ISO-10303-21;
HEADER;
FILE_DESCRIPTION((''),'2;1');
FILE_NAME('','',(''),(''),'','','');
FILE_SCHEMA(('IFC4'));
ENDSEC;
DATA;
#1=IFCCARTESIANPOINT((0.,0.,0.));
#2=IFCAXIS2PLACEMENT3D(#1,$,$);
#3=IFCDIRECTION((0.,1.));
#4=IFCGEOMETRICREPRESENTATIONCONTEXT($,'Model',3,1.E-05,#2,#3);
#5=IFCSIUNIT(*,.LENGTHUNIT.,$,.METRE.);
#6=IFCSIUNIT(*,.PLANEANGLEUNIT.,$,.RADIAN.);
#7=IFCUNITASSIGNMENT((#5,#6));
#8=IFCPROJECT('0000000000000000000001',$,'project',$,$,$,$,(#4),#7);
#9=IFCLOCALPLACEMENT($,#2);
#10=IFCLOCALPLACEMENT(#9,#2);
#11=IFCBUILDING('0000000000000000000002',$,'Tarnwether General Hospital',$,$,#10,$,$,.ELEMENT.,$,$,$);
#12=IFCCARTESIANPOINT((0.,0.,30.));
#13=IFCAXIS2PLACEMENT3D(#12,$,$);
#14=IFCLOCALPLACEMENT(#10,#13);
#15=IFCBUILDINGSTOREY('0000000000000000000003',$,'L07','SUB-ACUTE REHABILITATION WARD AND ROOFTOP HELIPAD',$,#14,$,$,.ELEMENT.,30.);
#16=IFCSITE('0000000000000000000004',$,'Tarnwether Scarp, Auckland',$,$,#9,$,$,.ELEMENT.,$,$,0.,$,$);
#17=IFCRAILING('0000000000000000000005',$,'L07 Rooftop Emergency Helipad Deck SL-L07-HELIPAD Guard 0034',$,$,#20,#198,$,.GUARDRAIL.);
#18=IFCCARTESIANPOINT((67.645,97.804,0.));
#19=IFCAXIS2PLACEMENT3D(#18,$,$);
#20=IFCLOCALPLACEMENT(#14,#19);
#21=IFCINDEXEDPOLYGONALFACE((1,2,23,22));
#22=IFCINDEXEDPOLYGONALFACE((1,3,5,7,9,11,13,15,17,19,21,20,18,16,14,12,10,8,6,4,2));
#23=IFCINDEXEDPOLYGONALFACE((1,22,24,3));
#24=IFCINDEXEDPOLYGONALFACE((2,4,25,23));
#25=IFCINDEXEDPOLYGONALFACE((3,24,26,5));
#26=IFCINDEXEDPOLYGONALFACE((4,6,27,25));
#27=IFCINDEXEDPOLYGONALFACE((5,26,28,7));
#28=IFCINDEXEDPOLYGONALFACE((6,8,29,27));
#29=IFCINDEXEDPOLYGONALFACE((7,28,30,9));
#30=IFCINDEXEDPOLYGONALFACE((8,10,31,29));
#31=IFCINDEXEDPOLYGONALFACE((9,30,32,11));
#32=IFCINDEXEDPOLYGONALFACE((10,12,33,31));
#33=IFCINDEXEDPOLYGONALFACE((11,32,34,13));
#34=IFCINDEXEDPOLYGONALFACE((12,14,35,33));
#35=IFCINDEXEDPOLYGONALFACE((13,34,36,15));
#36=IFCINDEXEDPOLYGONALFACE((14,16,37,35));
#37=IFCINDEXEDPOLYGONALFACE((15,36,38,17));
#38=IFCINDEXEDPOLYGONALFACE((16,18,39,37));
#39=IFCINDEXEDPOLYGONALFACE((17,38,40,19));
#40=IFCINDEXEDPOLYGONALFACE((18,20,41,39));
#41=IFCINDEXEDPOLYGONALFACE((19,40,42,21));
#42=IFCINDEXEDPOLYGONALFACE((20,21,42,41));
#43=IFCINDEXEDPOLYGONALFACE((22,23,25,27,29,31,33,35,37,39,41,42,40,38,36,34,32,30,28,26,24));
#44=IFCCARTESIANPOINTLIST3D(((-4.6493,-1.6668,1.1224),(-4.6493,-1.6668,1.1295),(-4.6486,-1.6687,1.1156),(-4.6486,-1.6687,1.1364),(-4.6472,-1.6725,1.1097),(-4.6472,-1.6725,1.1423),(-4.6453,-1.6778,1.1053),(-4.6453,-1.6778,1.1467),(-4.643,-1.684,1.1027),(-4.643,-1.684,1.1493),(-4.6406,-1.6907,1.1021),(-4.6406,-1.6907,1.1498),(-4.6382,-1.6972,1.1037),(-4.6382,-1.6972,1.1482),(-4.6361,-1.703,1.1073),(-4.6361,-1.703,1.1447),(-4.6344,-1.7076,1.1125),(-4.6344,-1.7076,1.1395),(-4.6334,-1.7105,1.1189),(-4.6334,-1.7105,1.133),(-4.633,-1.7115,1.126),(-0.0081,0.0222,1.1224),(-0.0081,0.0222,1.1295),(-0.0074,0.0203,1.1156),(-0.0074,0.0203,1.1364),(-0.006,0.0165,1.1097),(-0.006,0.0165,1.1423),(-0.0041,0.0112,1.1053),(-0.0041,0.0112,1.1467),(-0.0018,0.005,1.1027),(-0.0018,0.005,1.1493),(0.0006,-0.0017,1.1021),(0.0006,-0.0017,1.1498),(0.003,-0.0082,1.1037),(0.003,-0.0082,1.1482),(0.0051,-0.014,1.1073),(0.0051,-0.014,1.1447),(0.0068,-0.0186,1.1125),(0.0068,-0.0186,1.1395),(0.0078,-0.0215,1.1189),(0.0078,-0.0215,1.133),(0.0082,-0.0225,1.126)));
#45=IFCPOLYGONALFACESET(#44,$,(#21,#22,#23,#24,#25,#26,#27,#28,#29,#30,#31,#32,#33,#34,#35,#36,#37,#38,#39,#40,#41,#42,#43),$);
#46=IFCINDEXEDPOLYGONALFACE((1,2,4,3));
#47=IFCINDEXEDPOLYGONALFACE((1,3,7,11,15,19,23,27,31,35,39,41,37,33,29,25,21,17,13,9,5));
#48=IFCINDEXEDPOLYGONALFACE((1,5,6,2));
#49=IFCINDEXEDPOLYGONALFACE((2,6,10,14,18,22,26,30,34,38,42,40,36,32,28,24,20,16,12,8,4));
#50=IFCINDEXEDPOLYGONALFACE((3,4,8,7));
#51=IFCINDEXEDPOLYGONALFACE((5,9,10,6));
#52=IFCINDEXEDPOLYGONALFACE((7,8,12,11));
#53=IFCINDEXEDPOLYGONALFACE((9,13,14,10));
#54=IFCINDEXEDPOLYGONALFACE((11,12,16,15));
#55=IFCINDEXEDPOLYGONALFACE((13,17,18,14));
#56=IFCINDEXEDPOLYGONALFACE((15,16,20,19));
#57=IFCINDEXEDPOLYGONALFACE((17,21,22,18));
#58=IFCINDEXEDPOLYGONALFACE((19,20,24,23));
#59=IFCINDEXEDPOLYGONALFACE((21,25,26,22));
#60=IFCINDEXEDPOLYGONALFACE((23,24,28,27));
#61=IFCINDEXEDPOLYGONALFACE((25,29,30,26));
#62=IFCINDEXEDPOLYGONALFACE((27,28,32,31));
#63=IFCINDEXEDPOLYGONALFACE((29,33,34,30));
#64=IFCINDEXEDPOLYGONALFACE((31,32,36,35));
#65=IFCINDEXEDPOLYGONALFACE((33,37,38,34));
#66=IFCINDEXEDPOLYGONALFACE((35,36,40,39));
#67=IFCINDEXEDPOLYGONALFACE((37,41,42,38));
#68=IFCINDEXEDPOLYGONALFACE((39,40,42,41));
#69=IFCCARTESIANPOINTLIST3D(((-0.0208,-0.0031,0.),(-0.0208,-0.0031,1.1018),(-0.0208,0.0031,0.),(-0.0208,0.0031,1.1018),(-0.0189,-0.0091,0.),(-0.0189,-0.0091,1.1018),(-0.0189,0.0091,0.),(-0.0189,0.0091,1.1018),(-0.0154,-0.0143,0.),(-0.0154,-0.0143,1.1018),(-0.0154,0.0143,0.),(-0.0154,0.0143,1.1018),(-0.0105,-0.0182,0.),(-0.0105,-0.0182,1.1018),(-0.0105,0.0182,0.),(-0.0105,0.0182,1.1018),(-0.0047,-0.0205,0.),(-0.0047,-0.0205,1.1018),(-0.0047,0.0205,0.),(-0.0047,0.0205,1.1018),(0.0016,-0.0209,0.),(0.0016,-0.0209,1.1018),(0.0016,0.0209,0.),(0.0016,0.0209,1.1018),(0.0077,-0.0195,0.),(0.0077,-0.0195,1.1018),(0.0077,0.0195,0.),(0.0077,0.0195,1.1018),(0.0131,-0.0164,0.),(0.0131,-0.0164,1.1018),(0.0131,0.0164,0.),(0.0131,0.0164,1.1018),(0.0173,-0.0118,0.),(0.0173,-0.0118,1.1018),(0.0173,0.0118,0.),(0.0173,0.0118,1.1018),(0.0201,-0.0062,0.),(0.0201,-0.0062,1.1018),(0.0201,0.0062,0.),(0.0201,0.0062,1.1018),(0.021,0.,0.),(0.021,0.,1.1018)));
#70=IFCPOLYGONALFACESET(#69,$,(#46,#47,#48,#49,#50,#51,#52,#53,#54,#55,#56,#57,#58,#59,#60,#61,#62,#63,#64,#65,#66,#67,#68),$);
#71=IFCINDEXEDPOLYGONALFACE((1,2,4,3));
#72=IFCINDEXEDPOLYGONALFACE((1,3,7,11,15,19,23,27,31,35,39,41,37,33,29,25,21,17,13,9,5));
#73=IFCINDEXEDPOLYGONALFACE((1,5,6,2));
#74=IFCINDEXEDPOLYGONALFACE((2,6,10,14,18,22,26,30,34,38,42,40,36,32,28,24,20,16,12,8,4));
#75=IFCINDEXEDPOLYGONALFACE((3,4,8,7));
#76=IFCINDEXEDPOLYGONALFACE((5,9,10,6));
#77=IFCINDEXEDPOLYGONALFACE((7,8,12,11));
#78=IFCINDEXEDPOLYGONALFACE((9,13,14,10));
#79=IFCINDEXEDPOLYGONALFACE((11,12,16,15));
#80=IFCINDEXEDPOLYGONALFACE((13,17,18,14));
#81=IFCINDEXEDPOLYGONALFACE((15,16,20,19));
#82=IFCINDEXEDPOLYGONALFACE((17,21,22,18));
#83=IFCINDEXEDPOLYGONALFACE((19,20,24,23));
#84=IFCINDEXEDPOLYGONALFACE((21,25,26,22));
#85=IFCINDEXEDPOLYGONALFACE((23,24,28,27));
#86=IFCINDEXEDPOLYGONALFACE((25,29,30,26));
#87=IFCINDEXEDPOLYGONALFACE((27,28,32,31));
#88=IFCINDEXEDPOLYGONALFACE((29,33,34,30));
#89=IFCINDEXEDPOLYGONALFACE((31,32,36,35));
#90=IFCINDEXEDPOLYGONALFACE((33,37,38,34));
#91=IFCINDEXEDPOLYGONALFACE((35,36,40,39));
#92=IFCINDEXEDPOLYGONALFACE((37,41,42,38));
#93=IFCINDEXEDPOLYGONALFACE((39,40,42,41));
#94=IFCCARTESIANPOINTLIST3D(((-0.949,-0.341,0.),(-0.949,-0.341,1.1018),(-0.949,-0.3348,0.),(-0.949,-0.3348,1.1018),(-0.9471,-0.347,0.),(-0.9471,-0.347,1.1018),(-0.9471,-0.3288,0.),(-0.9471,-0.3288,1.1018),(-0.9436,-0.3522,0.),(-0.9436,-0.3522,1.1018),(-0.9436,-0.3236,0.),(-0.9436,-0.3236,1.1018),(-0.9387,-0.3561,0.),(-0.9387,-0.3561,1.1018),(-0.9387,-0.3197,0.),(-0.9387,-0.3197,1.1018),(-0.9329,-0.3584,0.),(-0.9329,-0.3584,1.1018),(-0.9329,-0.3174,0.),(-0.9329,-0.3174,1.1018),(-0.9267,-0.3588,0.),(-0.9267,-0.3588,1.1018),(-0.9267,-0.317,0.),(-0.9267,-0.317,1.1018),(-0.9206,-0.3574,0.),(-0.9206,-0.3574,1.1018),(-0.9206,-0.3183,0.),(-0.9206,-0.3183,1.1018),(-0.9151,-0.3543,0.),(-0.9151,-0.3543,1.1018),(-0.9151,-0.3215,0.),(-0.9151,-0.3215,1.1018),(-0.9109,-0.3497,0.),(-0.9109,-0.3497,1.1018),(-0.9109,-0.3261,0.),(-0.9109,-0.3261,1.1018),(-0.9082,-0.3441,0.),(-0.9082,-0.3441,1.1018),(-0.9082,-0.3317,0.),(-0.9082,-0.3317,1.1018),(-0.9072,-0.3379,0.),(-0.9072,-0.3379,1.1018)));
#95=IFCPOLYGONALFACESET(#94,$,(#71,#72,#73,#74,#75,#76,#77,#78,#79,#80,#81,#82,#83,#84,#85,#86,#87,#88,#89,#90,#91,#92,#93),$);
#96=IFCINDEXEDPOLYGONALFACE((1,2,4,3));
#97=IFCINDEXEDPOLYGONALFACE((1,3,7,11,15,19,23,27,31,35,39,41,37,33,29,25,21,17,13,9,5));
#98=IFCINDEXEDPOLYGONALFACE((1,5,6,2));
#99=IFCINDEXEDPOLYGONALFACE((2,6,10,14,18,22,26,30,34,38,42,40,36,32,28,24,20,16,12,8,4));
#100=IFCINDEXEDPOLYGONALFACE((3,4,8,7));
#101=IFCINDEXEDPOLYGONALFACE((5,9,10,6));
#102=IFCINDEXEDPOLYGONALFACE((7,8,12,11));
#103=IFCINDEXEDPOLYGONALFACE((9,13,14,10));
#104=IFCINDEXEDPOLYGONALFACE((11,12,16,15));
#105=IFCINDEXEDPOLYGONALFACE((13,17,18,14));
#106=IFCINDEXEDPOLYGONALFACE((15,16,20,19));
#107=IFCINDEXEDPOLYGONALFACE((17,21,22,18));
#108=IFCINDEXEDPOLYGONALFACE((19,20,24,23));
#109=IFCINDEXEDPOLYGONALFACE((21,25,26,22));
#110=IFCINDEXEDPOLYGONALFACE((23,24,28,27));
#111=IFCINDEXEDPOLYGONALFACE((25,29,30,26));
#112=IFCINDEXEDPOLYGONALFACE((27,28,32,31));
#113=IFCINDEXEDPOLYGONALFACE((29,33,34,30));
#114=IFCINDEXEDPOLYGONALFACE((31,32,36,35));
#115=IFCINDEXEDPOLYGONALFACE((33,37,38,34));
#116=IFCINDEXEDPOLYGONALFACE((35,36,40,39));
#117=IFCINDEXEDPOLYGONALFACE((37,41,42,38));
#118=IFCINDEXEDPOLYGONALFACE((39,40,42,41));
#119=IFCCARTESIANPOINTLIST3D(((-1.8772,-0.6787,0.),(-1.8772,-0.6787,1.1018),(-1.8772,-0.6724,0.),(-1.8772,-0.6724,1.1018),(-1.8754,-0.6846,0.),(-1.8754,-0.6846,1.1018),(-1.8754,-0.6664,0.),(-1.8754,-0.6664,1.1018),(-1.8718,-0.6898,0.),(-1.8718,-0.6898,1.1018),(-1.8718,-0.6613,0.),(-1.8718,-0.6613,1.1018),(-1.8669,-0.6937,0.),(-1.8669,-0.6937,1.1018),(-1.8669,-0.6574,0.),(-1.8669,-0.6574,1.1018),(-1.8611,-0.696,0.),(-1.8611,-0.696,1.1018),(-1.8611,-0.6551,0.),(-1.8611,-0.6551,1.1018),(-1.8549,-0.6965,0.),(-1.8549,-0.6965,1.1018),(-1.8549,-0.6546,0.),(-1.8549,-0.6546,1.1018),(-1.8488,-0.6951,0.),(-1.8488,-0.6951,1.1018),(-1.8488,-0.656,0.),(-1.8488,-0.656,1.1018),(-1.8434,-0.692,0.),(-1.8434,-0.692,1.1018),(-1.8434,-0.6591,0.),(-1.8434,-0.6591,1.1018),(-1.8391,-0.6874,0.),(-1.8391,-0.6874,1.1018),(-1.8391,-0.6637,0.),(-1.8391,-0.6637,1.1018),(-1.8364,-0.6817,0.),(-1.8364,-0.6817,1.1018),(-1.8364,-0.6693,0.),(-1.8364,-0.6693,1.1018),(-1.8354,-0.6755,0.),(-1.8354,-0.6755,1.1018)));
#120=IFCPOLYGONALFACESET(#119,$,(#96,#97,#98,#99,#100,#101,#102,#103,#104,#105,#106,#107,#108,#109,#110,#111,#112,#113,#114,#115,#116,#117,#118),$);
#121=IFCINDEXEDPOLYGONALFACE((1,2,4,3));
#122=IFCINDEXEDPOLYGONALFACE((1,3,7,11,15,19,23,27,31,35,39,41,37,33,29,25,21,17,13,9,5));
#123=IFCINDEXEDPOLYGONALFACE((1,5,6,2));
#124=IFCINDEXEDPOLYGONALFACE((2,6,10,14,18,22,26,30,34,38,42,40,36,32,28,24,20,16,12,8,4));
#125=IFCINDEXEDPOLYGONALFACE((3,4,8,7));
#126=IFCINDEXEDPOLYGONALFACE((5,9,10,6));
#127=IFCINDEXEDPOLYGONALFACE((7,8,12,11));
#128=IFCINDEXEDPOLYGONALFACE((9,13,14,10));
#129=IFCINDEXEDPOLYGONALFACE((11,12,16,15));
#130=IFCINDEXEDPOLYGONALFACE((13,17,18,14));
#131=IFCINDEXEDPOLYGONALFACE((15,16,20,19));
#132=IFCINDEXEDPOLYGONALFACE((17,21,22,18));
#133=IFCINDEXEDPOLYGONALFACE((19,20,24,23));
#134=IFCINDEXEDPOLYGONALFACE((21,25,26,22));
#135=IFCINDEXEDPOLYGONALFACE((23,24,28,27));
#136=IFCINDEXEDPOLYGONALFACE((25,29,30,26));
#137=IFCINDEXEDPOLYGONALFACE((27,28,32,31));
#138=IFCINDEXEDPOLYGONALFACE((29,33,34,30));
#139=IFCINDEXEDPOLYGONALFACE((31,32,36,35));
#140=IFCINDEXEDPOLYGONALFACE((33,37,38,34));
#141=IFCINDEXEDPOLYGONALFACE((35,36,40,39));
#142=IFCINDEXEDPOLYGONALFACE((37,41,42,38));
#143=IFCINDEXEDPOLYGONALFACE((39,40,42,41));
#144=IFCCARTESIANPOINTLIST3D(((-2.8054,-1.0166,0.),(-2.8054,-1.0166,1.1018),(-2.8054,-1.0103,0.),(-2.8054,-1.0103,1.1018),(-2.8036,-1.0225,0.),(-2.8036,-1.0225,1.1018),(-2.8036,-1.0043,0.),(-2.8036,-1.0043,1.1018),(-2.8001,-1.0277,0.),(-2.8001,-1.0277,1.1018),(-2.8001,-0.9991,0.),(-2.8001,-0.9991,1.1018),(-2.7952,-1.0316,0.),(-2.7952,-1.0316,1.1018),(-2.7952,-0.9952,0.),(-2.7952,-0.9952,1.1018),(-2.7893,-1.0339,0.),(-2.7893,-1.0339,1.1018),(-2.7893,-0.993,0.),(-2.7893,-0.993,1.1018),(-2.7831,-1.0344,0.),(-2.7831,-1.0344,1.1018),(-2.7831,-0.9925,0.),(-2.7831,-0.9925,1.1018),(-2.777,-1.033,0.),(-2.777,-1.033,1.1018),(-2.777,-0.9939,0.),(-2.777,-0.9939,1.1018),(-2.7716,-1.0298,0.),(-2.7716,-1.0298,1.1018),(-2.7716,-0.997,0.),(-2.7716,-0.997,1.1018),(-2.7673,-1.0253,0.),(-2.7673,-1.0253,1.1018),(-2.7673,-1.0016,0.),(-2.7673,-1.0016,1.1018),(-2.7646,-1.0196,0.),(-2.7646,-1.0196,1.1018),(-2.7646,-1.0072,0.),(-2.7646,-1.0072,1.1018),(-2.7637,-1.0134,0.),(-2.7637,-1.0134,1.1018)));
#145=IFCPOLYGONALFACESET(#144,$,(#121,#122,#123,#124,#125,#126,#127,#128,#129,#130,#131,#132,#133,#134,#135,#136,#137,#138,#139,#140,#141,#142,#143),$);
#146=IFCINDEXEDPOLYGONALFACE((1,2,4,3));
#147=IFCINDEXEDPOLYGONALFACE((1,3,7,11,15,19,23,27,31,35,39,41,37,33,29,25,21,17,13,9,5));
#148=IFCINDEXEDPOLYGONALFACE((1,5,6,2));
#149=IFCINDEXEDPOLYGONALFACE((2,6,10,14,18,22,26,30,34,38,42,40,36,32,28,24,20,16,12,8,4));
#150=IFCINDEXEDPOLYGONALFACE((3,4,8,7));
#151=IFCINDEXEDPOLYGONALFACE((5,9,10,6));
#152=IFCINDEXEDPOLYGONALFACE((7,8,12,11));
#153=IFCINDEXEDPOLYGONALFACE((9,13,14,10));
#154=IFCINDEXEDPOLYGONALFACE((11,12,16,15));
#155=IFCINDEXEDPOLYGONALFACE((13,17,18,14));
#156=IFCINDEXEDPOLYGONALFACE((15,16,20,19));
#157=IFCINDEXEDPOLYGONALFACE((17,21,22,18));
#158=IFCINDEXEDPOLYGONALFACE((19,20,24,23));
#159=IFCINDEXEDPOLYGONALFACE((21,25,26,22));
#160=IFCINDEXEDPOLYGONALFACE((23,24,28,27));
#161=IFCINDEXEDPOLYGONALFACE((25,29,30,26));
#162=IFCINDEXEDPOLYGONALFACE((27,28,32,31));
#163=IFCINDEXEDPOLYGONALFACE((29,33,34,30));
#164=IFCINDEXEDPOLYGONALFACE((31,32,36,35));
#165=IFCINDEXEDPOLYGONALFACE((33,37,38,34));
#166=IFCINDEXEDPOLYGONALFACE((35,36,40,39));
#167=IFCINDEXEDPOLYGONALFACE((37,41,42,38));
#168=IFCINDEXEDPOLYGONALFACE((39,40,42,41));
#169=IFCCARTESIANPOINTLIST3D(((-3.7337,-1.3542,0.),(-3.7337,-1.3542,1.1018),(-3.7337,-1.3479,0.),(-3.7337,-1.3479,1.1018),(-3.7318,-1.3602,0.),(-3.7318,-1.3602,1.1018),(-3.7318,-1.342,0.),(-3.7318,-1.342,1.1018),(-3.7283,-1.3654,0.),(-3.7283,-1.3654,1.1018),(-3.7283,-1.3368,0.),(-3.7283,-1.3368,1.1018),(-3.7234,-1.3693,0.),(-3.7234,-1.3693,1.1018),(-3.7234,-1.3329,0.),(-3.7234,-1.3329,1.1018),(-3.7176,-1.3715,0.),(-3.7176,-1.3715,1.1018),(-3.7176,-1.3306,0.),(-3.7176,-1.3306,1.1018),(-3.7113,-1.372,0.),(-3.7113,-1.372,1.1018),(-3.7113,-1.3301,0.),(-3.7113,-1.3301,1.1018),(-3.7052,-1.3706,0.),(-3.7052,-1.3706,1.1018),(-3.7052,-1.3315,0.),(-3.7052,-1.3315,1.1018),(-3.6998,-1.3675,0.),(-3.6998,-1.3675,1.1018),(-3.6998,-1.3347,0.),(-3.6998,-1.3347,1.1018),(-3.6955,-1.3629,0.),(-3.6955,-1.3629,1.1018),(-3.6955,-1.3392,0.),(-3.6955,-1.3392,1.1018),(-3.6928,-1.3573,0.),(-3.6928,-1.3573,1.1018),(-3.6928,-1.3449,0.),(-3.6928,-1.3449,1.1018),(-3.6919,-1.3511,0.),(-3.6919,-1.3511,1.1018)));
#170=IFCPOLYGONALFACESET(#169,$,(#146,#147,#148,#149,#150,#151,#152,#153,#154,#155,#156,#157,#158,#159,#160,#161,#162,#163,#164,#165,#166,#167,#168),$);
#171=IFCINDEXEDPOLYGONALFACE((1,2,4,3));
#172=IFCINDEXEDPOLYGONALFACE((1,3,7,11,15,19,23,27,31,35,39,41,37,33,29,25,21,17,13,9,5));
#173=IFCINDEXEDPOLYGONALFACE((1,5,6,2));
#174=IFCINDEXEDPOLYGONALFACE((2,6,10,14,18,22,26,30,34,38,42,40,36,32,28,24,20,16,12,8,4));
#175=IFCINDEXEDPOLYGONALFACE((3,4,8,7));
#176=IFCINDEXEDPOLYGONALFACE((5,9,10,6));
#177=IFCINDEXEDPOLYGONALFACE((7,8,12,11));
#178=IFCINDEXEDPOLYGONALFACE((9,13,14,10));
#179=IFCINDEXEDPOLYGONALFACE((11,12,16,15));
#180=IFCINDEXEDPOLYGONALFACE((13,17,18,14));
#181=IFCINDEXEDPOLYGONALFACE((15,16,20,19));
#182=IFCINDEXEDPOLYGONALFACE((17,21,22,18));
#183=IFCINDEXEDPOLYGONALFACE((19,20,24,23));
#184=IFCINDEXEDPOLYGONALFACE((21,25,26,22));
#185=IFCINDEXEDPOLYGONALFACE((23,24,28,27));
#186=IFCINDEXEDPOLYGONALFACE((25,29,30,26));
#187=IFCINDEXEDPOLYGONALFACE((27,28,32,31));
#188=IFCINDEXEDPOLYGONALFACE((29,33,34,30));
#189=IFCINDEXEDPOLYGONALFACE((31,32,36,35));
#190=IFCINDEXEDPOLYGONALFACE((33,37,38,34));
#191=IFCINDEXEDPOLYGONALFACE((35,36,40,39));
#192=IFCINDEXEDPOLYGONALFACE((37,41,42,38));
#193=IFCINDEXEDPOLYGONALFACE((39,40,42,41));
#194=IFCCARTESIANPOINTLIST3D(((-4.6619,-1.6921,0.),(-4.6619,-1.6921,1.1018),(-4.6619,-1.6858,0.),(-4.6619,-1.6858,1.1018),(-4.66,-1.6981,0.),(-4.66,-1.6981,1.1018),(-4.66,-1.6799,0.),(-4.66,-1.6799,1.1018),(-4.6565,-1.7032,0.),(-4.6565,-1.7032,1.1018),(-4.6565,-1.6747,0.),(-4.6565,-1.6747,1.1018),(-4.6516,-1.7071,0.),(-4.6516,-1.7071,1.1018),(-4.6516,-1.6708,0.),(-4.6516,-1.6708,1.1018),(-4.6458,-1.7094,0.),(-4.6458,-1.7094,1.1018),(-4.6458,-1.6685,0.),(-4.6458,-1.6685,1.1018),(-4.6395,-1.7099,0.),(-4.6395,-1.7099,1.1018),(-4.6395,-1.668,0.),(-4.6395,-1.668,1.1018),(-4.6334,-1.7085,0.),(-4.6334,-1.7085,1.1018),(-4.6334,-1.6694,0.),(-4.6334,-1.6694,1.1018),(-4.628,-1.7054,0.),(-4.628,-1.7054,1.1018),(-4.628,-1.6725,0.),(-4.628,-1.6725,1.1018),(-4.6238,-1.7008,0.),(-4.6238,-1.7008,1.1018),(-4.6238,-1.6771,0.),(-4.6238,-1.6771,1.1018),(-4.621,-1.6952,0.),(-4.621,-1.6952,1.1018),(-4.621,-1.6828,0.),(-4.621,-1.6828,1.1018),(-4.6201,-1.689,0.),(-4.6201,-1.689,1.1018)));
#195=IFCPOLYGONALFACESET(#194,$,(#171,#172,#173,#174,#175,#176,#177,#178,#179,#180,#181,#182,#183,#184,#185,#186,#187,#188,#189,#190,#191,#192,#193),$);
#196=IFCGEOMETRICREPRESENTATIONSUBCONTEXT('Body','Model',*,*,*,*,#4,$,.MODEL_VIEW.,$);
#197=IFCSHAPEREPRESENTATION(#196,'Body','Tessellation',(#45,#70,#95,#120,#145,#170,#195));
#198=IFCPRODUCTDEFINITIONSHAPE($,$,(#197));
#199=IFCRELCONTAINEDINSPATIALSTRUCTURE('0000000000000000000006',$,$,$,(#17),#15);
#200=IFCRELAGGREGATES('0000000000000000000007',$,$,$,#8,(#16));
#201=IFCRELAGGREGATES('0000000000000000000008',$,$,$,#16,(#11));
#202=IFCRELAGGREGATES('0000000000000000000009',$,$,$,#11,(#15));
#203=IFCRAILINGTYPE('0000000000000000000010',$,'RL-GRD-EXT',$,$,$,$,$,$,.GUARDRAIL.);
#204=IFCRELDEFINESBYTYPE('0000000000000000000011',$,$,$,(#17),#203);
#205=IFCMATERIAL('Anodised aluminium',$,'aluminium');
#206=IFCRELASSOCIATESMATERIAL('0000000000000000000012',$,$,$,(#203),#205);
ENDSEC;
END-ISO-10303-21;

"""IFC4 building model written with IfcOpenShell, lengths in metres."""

from ifc_helpers import new_model, si_unit, direction, frame, origin, origin_2d, place, context, subcontext, project, spatial, circle, extrude, material, type_object, element, save


model = new_model("IFC4")

# Units and contexts
model_context = context("Model", 3, precision=1e-05, world=origin(), true_north=direction((0.0, 1.0)))
body_context = subcontext(model_context, "Body", "Model", "MODEL_VIEW")
ifc_project = project(units=[si_unit("LENGTHUNIT", "METRE"), si_unit("PLANEANGLEUNIT", "RADIAN")], contexts=[model_context])

# Site, building, storey
site_placement = place(None, origin())
site = spatial("IfcSite", under=ifc_project, at=site_placement, Name="Tarnwether Scarp, Auckland", CompositionType="ELEMENT", RefElevation=0.0)
building_placement = place(site_placement, origin())
building = spatial("IfcBuilding", under=site, at=building_placement, Name="Tarnwether General Hospital", CompositionType="ELEMENT")
storey_placement = place(building_placement, frame((0.0, 0.0, 30.0)))
storey = spatial("IfcBuildingStorey", under=building, at=storey_placement, Name="L07", Description="SUB-ACUTE REHABILITATION WARD AND ROOFTOP HELIPAD", CompositionType="ELEMENT", Elevation=30.0)

# Railing
ifc_material_1 = material(Name="Anodised aluminium", Category="aluminium")
railing_type = type_object("IfcRailingType", Name="RL-GRD-EXT", PredefinedType="GUARDRAIL", material=ifc_material_1)
railing_1_placement = place(storey_placement, frame((67.645, 97.804, 0.0)))
element("IfcRailing", 1, at=railing_1_placement, inside=storey, type_object=railing_type, Name="L07 Rooftop Emergency Helipad Deck SL-L07-HELIPAD Guard 0034", PredefinedType="GUARDRAIL", context=body_context, shape_type="SweptSolid", body=[
    extrude(circle(Radius=0.0239, at=origin_2d()), frame((0.0, 0.0, 1.126), z_axis=(-0.93971, -0.341973, 0.0), x_axis=(0.341973, -0.93971, 0.0)), (0.0, 0.0, 1.0), 4.939),
    extrude(circle(Radius=0.021, at=origin_2d()), origin(), (0.0, 0.0, 1.0), 1.1018),
    extrude(circle(Radius=0.021, at=origin_2d()), frame((-0.9282, -0.3379, 0.0)), (0.0, 0.0, 1.0), 1.1018),
    extrude(circle(Radius=0.021, at=origin_2d()), frame((-1.8564, -0.6755, 0.0)), (0.0, 0.0, 1.0), 1.1018),
    extrude(circle(Radius=0.021, at=origin_2d()), frame((-2.7847, -1.0134, 0.0)), (0.0, 0.0, 1.0), 1.1018),
    extrude(circle(Radius=0.021, at=origin_2d()), frame((-3.7129, -1.3511, 0.0)), (0.0, 0.0, 1.0), 1.1018),
    extrude(circle(Radius=0.021, at=origin_2d()), frame((-4.6411, -1.689, 0.0)), (0.0, 0.0, 1.0), 1.1018),
])

save(model, "model.ifc")
